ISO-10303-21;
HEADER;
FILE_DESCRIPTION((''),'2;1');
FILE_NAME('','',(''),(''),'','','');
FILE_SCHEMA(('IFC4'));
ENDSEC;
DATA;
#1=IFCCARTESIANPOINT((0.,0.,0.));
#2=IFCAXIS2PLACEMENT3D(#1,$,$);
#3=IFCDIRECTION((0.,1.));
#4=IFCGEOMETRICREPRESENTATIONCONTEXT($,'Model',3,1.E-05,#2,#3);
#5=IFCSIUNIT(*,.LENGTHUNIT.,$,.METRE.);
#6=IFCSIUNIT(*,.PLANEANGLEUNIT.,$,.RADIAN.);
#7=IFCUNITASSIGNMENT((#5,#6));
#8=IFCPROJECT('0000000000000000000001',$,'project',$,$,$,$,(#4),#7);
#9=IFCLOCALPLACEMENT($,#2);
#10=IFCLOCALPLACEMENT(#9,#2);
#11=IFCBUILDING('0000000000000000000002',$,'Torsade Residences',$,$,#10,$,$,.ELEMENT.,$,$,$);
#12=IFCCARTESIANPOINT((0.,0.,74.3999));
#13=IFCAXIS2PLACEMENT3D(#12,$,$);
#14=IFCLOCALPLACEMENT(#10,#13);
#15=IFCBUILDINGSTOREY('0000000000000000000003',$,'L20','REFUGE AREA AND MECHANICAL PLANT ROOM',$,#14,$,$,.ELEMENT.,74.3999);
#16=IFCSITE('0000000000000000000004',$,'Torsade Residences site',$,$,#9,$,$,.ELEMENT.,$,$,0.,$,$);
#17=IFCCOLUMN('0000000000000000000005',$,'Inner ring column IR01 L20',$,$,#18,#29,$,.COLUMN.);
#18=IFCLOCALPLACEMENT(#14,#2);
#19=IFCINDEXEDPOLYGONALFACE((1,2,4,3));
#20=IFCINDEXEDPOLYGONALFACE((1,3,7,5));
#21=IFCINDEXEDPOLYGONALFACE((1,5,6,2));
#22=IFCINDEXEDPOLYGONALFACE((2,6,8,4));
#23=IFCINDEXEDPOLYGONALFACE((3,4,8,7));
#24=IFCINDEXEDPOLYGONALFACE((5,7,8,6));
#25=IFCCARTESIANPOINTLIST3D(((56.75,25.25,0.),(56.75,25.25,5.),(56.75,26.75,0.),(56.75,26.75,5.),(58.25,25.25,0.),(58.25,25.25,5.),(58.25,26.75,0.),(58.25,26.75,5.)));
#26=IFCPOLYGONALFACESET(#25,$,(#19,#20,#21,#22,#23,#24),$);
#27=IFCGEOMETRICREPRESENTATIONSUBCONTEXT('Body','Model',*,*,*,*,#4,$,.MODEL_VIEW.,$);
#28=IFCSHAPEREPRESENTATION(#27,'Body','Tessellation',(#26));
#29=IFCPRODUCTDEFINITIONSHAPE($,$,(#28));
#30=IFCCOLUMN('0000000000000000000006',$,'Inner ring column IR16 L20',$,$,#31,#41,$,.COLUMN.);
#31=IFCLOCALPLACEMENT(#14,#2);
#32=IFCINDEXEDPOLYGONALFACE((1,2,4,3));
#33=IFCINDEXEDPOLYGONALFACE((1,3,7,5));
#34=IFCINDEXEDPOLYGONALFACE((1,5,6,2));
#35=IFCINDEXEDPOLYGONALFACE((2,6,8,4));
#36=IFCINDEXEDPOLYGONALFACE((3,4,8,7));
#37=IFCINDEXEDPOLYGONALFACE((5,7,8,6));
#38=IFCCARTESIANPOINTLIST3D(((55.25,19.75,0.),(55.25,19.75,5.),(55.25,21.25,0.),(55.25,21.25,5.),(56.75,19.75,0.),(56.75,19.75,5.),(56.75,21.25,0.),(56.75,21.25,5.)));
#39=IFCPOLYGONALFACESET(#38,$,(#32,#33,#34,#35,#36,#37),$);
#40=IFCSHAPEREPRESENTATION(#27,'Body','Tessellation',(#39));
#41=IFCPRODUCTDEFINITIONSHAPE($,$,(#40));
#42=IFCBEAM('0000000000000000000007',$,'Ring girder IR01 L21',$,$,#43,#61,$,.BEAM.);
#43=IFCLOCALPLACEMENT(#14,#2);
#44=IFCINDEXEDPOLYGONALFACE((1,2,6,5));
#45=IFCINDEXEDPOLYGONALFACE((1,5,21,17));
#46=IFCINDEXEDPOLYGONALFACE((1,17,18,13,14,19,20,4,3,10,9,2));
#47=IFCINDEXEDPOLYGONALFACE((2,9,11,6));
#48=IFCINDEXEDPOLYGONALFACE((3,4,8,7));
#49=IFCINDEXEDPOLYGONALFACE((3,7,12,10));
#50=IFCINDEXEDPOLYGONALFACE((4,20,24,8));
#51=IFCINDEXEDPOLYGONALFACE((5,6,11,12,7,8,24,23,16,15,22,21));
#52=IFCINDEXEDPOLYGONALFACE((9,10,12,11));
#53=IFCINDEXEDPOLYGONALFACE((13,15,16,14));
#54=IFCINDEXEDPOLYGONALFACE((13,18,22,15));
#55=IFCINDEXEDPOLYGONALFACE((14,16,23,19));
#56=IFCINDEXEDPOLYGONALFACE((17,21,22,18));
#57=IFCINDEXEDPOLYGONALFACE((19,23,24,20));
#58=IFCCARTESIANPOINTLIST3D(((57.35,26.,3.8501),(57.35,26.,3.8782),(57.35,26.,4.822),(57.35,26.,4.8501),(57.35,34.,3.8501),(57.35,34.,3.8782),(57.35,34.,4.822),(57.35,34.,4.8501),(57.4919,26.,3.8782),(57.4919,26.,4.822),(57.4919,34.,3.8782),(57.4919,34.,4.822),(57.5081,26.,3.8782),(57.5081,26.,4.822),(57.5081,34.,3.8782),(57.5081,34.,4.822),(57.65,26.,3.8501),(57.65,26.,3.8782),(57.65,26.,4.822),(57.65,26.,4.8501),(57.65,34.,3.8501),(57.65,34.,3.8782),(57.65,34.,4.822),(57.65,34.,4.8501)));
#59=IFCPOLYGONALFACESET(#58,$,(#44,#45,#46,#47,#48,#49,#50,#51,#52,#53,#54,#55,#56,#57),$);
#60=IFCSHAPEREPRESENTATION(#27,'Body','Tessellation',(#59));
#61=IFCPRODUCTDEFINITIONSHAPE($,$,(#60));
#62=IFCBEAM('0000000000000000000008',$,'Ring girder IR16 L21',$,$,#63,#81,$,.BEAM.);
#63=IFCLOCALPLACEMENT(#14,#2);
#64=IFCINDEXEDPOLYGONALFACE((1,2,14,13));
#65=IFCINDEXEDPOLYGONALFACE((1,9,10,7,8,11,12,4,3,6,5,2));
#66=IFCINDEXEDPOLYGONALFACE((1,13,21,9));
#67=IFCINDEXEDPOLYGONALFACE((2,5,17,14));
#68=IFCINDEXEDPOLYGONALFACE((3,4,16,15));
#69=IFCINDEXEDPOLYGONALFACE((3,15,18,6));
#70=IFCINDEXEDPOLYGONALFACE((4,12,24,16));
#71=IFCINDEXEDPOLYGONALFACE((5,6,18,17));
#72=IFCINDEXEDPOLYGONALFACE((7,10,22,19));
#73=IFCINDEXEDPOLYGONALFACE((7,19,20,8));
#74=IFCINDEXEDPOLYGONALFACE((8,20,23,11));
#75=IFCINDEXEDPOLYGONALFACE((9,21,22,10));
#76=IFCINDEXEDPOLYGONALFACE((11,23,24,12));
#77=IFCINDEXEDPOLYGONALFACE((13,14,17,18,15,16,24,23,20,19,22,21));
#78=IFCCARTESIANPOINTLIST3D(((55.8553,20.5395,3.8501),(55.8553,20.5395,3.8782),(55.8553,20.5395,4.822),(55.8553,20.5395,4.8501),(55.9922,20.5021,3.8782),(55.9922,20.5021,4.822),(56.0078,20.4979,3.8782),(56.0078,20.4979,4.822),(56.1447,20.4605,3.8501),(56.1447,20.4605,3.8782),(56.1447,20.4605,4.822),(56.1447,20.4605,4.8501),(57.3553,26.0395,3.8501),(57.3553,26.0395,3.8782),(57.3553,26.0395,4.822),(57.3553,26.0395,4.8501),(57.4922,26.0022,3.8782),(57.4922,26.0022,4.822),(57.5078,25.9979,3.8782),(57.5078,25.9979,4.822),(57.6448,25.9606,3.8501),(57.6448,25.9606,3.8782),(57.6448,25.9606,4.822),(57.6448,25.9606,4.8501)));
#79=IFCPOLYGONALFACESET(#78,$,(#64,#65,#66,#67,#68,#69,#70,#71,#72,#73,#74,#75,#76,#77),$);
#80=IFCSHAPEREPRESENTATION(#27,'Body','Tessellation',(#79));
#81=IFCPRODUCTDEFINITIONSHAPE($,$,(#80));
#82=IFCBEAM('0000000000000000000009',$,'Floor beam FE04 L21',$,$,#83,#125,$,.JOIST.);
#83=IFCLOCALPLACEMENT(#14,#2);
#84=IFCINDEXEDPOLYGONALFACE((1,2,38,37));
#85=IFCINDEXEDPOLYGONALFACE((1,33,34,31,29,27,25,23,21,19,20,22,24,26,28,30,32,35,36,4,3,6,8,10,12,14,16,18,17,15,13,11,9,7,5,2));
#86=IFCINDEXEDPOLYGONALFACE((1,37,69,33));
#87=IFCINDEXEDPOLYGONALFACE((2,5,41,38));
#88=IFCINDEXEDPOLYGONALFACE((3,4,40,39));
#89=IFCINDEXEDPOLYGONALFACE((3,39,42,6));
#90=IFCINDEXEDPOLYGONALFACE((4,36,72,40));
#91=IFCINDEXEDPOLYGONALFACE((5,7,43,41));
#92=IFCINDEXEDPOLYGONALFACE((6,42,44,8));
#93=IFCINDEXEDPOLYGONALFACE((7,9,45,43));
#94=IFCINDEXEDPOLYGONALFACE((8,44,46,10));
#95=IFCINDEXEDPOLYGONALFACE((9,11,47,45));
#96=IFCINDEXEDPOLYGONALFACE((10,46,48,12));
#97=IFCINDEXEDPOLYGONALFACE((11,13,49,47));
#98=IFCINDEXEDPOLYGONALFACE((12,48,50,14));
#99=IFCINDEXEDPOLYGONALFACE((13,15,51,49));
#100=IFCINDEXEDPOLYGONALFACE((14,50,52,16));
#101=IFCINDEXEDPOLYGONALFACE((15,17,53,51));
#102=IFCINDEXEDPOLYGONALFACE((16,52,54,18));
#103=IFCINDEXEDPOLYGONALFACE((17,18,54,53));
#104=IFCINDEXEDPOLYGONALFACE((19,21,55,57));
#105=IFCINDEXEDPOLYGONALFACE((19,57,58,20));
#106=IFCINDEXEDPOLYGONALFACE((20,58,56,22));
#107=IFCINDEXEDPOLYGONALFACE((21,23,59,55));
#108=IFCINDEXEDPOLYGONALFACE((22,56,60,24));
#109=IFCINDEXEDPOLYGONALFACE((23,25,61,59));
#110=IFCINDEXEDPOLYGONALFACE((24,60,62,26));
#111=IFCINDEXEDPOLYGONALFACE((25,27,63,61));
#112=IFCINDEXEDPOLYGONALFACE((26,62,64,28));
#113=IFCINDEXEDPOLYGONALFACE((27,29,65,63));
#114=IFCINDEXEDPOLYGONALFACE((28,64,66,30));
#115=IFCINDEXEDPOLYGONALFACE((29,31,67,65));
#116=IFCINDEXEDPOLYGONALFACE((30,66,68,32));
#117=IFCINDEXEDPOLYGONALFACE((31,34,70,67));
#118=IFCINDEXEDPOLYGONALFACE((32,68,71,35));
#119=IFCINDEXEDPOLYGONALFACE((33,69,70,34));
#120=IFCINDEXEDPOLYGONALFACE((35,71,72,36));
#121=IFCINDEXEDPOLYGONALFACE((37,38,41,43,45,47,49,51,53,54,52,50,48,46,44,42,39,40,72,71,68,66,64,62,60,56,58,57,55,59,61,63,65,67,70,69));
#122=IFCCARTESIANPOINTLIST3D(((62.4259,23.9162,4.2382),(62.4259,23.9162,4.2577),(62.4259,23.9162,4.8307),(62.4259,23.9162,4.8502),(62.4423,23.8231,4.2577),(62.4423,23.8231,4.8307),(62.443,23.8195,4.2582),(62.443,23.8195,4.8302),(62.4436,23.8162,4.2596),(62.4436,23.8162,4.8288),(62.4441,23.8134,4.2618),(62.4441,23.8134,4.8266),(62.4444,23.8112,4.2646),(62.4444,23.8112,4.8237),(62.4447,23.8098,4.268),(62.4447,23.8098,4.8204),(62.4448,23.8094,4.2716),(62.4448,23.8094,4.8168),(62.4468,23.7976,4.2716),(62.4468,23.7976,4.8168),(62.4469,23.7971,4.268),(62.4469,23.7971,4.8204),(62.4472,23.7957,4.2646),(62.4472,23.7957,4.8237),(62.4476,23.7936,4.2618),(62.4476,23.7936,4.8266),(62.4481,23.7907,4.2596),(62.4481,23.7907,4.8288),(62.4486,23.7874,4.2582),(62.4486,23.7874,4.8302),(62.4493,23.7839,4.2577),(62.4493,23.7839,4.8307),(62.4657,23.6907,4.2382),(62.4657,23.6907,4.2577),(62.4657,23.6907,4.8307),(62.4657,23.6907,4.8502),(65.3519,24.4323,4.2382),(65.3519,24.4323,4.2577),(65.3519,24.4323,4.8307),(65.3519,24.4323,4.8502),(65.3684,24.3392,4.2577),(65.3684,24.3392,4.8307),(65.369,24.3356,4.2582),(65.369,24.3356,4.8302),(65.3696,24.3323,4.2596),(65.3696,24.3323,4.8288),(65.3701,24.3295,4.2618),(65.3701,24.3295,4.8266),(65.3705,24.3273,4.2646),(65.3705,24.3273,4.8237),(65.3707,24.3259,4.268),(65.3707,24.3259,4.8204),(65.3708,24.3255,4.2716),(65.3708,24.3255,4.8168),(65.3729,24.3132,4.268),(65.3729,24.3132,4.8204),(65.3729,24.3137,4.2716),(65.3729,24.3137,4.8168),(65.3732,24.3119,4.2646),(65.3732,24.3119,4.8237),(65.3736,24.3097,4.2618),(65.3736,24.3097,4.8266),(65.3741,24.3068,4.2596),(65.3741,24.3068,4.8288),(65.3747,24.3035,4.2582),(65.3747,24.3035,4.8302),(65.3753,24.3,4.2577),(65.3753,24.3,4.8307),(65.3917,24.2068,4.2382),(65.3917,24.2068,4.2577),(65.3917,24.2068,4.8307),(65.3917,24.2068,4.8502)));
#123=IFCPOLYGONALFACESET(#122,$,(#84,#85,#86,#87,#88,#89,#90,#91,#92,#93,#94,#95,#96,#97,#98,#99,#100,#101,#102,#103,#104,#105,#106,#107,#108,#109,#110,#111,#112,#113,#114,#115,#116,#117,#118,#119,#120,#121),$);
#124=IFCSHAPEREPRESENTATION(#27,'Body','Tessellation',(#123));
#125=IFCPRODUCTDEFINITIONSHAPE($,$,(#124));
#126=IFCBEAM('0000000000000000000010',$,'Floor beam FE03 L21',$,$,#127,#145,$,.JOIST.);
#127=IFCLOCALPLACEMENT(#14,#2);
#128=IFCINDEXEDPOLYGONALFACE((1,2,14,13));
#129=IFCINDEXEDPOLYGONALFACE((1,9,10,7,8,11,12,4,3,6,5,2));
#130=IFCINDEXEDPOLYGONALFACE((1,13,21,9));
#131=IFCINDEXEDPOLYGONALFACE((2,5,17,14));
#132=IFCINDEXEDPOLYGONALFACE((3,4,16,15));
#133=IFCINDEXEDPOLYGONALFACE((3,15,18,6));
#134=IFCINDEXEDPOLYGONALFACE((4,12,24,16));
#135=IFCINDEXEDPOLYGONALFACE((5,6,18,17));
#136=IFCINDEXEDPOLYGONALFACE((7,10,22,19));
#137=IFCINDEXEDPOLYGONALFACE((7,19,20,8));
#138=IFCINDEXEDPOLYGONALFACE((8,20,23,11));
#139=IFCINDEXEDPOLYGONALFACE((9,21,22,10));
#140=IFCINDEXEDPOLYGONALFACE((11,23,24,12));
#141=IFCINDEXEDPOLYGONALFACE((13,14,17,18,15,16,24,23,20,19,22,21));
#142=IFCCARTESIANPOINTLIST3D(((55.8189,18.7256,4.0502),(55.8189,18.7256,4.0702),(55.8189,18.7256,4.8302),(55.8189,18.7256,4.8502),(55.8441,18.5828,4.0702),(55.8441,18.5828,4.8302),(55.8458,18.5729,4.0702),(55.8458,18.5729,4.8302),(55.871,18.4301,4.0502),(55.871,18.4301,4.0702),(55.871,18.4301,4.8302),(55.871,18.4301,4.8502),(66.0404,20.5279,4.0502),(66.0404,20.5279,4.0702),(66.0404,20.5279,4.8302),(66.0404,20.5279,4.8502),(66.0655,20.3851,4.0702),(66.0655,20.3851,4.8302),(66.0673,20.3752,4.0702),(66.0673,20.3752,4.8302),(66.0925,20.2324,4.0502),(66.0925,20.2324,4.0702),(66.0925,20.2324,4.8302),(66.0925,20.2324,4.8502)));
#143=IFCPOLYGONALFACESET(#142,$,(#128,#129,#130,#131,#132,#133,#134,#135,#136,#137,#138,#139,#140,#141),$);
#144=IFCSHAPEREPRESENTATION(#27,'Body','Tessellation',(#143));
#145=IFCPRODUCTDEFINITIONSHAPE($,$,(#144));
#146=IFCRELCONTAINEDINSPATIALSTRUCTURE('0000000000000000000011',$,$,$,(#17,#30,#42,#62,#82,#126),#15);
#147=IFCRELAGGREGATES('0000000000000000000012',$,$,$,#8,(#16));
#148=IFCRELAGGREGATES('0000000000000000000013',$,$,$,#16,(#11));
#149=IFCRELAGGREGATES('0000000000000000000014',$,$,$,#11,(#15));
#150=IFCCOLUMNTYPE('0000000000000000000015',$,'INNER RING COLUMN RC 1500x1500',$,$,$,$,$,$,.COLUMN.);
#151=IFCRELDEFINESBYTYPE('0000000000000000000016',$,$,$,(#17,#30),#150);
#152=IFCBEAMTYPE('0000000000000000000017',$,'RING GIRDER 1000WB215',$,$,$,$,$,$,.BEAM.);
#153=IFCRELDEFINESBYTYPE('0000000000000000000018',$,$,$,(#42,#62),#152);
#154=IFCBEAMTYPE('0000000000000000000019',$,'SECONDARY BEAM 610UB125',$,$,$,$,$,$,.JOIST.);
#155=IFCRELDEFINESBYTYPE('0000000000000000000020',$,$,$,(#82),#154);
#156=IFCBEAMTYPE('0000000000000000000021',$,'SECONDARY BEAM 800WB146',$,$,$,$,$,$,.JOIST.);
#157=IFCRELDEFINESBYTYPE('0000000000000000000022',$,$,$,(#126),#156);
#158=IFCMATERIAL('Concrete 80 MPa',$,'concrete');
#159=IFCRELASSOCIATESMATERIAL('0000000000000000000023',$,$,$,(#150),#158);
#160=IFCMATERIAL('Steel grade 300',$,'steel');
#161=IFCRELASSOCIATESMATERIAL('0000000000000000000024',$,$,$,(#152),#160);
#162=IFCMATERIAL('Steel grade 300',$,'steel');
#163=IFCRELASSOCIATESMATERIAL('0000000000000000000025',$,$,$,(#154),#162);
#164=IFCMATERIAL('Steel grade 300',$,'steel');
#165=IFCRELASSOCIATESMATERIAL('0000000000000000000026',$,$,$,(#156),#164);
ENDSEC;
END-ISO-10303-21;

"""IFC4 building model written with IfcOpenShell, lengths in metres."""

from ifc_helpers import new_model, si_unit, direction, frame, origin, origin_2d, place, context, subcontext, project, spatial, rectangle, i_section, extrude, material, material_profile, profile_set, type_object, element, save


model = new_model("IFC4")

# Units and contexts
model_context = context("Model", 3, precision=1e-05, world=origin(), true_north=direction((0.0, 1.0)))
body_context = subcontext(model_context, "Body", "Model", "MODEL_VIEW")
ifc_project = project(units=[si_unit("LENGTHUNIT", "METRE"), si_unit("PLANEANGLEUNIT", "RADIAN")], contexts=[model_context])

# Site, building, storey
site_placement = place(None, origin())
site = spatial("IfcSite", under=ifc_project, at=site_placement, Name="Torsade Residences site", CompositionType="ELEMENT", RefElevation=0.0)
building_placement = place(site_placement, origin())
building = spatial("IfcBuilding", under=site, at=building_placement, Name="Torsade Residences", CompositionType="ELEMENT")
storey_placement = place(building_placement, frame((0.0, 0.0, 74.3999)))
storey = spatial("IfcBuildingStorey", under=building, at=storey_placement, Name="L20", Description="REFUGE AREA AND MECHANICAL PLANT ROOM", CompositionType="ELEMENT", Elevation=74.3999)

# Columns
ifc_material_1 = material(Name="Concrete 80 MPa", Category="concrete")
ifc_material_profile_1 = material_profile(ifc_material_1, rectangle(XDim=1.5, YDim=1.5, at=origin_2d()), Name="RC 1500x1500")
ifc_profile_set_1 = profile_set([ifc_material_profile_1], Name="Concrete 80 MPa")
column_type = type_object("IfcColumnType", Name="INNER RING COLUMN RC 1500x1500", PredefinedType="COLUMN", material=ifc_profile_set_1)
for number, where, z_axis, x_axis, name in (
    (1, (57.5, 26.0, 0.0), (0.0, 0.0, 1.0), (1.0, 0.0, 0.0), "Inner ring column IR01 L20"),
    (2, (56.0, 20.5, 0.0), (0.0, 0.0, 1.0), (1.0, 0.0, 0.0), "Inner ring column IR16 L20"),
):
    element("IfcColumn", number, at=place(storey_placement, frame(where, z_axis=z_axis, x_axis=x_axis)), inside=storey, type_object=column_type, Name=name, PredefinedType="COLUMN", context=body_context, shape_type="SweptSolid", body=[
        extrude(rectangle(XDim=1.5, YDim=1.5, at=origin_2d()), origin(), (0.0, 0.0, 1.0), 5.0),
    ])

# Beams
ifc_material_2 = material(Name="Steel grade 300", Category="steel")
ifc_material_profile_2 = material_profile(ifc_material_2, i_section(OverallWidth=0.3, OverallDepth=1.0, WebThickness=0.0161, FlangeThickness=0.0281, at=origin_2d()), Name="1000WB215")
ifc_profile_set_2 = profile_set([ifc_material_profile_2], Name="Steel grade 300")
beam_type_1 = type_object("IfcBeamType", Name="RING GIRDER 1000WB215", PredefinedType="BEAM", material=ifc_profile_set_2)
beam_1_placement = place(storey_placement, frame((57.5, 26.0, 4.3501), z_axis=(0.0, 1.0, 0.0), x_axis=(-1.0, 0.0, 0.0)))
element("IfcBeam", 3, at=beam_1_placement, inside=storey, type_object=beam_type_1, Name="Ring girder IR01 L21", PredefinedType="BEAM", context=body_context, shape_type="SweptSolid", body=[
    extrude(i_section(OverallWidth=0.3, OverallDepth=1.0, WebThickness=0.0161, FlangeThickness=0.0281, at=origin_2d()), origin(), (0.0, 0.0, 1.0), 8.0),
])
beam_2_placement = place(storey_placement, frame((56.0, 20.5, 4.3501), z_axis=(0.263117, 0.964764, 0.0), x_axis=(-0.964764, 0.263117, 0.0)))
element("IfcBeam", 4, at=beam_2_placement, inside=storey, type_object=beam_type_1, Name="Ring girder IR16 L21", PredefinedType="BEAM", context=body_context, shape_type="SweptSolid", body=[
    extrude(i_section(OverallWidth=0.3, OverallDepth=1.0, WebThickness=0.0161, FlangeThickness=0.0281, at=origin_2d()), origin(), (0.0, 0.0, 1.0), 5.7009),
])
ifc_material_3 = material(Name="Steel grade 300", Category="steel")
ifc_material_profile_3 = material_profile(ifc_material_3, i_section(OverallWidth=0.229, OverallDepth=0.6121, WebThickness=0.012, FlangeThickness=0.0195, FilletRadius=0.0139, at=origin_2d()), Name="610UB125")
ifc_profile_set_3 = profile_set([ifc_material_profile_3], Name="Steel grade 300")
beam_type_2 = type_object("IfcBeamType", Name="SECONDARY BEAM 610UB125", PredefinedType="JOIST", material=ifc_profile_set_3)
beam_3_placement = place(storey_placement, frame((65.3718, 24.3196, 4.5442), z_axis=(-0.984798, -0.173706, 0.0), x_axis=(0.173706, -0.984798, 0.0)))
element("IfcBeam", 5, at=beam_3_placement, inside=storey, type_object=beam_type_2, Name="Floor beam FE04 L21", PredefinedType="JOIST", context=body_context, shape_type="SweptSolid", body=[
    extrude(i_section(OverallWidth=0.229, OverallDepth=0.6121, WebThickness=0.012, FlangeThickness=0.0195, FilletRadius=0.0139, at=origin_2d()), origin(), (0.0, 0.0, 1.0), 2.9712),
])
ifc_material_4 = material(Name="Steel grade 300", Category="steel")
ifc_material_profile_4 = material_profile(ifc_material_4, i_section(OverallWidth=0.3, OverallDepth=0.8, WebThickness=0.01, FlangeThickness=0.02, at=origin_2d()), Name="800WB146")
ifc_profile_set_4 = profile_set([ifc_material_profile_4], Name="Steel grade 300")
beam_type_3 = type_object("IfcBeamType", Name="SECONDARY BEAM 800WB146", PredefinedType="JOIST", material=ifc_profile_set_4)
beam_4_placement = place(storey_placement, frame((66.0664, 20.3801, 4.4502), z_axis=(-0.984809, -0.173642, 0.0), x_axis=(0.173642, -0.984809, 0.0)))
element("IfcBeam", 6, at=beam_4_placement, inside=storey, type_object=beam_type_3, Name="Floor beam FE03 L21", PredefinedType="JOIST", context=body_context, shape_type="SweptSolid", body=[
    extrude(i_section(OverallWidth=0.3, OverallDepth=0.8, WebThickness=0.01, FlangeThickness=0.02, at=origin_2d()), origin(), (0.0, 0.0, 1.0), 10.3792),
])

save(model, "model.ifc")
